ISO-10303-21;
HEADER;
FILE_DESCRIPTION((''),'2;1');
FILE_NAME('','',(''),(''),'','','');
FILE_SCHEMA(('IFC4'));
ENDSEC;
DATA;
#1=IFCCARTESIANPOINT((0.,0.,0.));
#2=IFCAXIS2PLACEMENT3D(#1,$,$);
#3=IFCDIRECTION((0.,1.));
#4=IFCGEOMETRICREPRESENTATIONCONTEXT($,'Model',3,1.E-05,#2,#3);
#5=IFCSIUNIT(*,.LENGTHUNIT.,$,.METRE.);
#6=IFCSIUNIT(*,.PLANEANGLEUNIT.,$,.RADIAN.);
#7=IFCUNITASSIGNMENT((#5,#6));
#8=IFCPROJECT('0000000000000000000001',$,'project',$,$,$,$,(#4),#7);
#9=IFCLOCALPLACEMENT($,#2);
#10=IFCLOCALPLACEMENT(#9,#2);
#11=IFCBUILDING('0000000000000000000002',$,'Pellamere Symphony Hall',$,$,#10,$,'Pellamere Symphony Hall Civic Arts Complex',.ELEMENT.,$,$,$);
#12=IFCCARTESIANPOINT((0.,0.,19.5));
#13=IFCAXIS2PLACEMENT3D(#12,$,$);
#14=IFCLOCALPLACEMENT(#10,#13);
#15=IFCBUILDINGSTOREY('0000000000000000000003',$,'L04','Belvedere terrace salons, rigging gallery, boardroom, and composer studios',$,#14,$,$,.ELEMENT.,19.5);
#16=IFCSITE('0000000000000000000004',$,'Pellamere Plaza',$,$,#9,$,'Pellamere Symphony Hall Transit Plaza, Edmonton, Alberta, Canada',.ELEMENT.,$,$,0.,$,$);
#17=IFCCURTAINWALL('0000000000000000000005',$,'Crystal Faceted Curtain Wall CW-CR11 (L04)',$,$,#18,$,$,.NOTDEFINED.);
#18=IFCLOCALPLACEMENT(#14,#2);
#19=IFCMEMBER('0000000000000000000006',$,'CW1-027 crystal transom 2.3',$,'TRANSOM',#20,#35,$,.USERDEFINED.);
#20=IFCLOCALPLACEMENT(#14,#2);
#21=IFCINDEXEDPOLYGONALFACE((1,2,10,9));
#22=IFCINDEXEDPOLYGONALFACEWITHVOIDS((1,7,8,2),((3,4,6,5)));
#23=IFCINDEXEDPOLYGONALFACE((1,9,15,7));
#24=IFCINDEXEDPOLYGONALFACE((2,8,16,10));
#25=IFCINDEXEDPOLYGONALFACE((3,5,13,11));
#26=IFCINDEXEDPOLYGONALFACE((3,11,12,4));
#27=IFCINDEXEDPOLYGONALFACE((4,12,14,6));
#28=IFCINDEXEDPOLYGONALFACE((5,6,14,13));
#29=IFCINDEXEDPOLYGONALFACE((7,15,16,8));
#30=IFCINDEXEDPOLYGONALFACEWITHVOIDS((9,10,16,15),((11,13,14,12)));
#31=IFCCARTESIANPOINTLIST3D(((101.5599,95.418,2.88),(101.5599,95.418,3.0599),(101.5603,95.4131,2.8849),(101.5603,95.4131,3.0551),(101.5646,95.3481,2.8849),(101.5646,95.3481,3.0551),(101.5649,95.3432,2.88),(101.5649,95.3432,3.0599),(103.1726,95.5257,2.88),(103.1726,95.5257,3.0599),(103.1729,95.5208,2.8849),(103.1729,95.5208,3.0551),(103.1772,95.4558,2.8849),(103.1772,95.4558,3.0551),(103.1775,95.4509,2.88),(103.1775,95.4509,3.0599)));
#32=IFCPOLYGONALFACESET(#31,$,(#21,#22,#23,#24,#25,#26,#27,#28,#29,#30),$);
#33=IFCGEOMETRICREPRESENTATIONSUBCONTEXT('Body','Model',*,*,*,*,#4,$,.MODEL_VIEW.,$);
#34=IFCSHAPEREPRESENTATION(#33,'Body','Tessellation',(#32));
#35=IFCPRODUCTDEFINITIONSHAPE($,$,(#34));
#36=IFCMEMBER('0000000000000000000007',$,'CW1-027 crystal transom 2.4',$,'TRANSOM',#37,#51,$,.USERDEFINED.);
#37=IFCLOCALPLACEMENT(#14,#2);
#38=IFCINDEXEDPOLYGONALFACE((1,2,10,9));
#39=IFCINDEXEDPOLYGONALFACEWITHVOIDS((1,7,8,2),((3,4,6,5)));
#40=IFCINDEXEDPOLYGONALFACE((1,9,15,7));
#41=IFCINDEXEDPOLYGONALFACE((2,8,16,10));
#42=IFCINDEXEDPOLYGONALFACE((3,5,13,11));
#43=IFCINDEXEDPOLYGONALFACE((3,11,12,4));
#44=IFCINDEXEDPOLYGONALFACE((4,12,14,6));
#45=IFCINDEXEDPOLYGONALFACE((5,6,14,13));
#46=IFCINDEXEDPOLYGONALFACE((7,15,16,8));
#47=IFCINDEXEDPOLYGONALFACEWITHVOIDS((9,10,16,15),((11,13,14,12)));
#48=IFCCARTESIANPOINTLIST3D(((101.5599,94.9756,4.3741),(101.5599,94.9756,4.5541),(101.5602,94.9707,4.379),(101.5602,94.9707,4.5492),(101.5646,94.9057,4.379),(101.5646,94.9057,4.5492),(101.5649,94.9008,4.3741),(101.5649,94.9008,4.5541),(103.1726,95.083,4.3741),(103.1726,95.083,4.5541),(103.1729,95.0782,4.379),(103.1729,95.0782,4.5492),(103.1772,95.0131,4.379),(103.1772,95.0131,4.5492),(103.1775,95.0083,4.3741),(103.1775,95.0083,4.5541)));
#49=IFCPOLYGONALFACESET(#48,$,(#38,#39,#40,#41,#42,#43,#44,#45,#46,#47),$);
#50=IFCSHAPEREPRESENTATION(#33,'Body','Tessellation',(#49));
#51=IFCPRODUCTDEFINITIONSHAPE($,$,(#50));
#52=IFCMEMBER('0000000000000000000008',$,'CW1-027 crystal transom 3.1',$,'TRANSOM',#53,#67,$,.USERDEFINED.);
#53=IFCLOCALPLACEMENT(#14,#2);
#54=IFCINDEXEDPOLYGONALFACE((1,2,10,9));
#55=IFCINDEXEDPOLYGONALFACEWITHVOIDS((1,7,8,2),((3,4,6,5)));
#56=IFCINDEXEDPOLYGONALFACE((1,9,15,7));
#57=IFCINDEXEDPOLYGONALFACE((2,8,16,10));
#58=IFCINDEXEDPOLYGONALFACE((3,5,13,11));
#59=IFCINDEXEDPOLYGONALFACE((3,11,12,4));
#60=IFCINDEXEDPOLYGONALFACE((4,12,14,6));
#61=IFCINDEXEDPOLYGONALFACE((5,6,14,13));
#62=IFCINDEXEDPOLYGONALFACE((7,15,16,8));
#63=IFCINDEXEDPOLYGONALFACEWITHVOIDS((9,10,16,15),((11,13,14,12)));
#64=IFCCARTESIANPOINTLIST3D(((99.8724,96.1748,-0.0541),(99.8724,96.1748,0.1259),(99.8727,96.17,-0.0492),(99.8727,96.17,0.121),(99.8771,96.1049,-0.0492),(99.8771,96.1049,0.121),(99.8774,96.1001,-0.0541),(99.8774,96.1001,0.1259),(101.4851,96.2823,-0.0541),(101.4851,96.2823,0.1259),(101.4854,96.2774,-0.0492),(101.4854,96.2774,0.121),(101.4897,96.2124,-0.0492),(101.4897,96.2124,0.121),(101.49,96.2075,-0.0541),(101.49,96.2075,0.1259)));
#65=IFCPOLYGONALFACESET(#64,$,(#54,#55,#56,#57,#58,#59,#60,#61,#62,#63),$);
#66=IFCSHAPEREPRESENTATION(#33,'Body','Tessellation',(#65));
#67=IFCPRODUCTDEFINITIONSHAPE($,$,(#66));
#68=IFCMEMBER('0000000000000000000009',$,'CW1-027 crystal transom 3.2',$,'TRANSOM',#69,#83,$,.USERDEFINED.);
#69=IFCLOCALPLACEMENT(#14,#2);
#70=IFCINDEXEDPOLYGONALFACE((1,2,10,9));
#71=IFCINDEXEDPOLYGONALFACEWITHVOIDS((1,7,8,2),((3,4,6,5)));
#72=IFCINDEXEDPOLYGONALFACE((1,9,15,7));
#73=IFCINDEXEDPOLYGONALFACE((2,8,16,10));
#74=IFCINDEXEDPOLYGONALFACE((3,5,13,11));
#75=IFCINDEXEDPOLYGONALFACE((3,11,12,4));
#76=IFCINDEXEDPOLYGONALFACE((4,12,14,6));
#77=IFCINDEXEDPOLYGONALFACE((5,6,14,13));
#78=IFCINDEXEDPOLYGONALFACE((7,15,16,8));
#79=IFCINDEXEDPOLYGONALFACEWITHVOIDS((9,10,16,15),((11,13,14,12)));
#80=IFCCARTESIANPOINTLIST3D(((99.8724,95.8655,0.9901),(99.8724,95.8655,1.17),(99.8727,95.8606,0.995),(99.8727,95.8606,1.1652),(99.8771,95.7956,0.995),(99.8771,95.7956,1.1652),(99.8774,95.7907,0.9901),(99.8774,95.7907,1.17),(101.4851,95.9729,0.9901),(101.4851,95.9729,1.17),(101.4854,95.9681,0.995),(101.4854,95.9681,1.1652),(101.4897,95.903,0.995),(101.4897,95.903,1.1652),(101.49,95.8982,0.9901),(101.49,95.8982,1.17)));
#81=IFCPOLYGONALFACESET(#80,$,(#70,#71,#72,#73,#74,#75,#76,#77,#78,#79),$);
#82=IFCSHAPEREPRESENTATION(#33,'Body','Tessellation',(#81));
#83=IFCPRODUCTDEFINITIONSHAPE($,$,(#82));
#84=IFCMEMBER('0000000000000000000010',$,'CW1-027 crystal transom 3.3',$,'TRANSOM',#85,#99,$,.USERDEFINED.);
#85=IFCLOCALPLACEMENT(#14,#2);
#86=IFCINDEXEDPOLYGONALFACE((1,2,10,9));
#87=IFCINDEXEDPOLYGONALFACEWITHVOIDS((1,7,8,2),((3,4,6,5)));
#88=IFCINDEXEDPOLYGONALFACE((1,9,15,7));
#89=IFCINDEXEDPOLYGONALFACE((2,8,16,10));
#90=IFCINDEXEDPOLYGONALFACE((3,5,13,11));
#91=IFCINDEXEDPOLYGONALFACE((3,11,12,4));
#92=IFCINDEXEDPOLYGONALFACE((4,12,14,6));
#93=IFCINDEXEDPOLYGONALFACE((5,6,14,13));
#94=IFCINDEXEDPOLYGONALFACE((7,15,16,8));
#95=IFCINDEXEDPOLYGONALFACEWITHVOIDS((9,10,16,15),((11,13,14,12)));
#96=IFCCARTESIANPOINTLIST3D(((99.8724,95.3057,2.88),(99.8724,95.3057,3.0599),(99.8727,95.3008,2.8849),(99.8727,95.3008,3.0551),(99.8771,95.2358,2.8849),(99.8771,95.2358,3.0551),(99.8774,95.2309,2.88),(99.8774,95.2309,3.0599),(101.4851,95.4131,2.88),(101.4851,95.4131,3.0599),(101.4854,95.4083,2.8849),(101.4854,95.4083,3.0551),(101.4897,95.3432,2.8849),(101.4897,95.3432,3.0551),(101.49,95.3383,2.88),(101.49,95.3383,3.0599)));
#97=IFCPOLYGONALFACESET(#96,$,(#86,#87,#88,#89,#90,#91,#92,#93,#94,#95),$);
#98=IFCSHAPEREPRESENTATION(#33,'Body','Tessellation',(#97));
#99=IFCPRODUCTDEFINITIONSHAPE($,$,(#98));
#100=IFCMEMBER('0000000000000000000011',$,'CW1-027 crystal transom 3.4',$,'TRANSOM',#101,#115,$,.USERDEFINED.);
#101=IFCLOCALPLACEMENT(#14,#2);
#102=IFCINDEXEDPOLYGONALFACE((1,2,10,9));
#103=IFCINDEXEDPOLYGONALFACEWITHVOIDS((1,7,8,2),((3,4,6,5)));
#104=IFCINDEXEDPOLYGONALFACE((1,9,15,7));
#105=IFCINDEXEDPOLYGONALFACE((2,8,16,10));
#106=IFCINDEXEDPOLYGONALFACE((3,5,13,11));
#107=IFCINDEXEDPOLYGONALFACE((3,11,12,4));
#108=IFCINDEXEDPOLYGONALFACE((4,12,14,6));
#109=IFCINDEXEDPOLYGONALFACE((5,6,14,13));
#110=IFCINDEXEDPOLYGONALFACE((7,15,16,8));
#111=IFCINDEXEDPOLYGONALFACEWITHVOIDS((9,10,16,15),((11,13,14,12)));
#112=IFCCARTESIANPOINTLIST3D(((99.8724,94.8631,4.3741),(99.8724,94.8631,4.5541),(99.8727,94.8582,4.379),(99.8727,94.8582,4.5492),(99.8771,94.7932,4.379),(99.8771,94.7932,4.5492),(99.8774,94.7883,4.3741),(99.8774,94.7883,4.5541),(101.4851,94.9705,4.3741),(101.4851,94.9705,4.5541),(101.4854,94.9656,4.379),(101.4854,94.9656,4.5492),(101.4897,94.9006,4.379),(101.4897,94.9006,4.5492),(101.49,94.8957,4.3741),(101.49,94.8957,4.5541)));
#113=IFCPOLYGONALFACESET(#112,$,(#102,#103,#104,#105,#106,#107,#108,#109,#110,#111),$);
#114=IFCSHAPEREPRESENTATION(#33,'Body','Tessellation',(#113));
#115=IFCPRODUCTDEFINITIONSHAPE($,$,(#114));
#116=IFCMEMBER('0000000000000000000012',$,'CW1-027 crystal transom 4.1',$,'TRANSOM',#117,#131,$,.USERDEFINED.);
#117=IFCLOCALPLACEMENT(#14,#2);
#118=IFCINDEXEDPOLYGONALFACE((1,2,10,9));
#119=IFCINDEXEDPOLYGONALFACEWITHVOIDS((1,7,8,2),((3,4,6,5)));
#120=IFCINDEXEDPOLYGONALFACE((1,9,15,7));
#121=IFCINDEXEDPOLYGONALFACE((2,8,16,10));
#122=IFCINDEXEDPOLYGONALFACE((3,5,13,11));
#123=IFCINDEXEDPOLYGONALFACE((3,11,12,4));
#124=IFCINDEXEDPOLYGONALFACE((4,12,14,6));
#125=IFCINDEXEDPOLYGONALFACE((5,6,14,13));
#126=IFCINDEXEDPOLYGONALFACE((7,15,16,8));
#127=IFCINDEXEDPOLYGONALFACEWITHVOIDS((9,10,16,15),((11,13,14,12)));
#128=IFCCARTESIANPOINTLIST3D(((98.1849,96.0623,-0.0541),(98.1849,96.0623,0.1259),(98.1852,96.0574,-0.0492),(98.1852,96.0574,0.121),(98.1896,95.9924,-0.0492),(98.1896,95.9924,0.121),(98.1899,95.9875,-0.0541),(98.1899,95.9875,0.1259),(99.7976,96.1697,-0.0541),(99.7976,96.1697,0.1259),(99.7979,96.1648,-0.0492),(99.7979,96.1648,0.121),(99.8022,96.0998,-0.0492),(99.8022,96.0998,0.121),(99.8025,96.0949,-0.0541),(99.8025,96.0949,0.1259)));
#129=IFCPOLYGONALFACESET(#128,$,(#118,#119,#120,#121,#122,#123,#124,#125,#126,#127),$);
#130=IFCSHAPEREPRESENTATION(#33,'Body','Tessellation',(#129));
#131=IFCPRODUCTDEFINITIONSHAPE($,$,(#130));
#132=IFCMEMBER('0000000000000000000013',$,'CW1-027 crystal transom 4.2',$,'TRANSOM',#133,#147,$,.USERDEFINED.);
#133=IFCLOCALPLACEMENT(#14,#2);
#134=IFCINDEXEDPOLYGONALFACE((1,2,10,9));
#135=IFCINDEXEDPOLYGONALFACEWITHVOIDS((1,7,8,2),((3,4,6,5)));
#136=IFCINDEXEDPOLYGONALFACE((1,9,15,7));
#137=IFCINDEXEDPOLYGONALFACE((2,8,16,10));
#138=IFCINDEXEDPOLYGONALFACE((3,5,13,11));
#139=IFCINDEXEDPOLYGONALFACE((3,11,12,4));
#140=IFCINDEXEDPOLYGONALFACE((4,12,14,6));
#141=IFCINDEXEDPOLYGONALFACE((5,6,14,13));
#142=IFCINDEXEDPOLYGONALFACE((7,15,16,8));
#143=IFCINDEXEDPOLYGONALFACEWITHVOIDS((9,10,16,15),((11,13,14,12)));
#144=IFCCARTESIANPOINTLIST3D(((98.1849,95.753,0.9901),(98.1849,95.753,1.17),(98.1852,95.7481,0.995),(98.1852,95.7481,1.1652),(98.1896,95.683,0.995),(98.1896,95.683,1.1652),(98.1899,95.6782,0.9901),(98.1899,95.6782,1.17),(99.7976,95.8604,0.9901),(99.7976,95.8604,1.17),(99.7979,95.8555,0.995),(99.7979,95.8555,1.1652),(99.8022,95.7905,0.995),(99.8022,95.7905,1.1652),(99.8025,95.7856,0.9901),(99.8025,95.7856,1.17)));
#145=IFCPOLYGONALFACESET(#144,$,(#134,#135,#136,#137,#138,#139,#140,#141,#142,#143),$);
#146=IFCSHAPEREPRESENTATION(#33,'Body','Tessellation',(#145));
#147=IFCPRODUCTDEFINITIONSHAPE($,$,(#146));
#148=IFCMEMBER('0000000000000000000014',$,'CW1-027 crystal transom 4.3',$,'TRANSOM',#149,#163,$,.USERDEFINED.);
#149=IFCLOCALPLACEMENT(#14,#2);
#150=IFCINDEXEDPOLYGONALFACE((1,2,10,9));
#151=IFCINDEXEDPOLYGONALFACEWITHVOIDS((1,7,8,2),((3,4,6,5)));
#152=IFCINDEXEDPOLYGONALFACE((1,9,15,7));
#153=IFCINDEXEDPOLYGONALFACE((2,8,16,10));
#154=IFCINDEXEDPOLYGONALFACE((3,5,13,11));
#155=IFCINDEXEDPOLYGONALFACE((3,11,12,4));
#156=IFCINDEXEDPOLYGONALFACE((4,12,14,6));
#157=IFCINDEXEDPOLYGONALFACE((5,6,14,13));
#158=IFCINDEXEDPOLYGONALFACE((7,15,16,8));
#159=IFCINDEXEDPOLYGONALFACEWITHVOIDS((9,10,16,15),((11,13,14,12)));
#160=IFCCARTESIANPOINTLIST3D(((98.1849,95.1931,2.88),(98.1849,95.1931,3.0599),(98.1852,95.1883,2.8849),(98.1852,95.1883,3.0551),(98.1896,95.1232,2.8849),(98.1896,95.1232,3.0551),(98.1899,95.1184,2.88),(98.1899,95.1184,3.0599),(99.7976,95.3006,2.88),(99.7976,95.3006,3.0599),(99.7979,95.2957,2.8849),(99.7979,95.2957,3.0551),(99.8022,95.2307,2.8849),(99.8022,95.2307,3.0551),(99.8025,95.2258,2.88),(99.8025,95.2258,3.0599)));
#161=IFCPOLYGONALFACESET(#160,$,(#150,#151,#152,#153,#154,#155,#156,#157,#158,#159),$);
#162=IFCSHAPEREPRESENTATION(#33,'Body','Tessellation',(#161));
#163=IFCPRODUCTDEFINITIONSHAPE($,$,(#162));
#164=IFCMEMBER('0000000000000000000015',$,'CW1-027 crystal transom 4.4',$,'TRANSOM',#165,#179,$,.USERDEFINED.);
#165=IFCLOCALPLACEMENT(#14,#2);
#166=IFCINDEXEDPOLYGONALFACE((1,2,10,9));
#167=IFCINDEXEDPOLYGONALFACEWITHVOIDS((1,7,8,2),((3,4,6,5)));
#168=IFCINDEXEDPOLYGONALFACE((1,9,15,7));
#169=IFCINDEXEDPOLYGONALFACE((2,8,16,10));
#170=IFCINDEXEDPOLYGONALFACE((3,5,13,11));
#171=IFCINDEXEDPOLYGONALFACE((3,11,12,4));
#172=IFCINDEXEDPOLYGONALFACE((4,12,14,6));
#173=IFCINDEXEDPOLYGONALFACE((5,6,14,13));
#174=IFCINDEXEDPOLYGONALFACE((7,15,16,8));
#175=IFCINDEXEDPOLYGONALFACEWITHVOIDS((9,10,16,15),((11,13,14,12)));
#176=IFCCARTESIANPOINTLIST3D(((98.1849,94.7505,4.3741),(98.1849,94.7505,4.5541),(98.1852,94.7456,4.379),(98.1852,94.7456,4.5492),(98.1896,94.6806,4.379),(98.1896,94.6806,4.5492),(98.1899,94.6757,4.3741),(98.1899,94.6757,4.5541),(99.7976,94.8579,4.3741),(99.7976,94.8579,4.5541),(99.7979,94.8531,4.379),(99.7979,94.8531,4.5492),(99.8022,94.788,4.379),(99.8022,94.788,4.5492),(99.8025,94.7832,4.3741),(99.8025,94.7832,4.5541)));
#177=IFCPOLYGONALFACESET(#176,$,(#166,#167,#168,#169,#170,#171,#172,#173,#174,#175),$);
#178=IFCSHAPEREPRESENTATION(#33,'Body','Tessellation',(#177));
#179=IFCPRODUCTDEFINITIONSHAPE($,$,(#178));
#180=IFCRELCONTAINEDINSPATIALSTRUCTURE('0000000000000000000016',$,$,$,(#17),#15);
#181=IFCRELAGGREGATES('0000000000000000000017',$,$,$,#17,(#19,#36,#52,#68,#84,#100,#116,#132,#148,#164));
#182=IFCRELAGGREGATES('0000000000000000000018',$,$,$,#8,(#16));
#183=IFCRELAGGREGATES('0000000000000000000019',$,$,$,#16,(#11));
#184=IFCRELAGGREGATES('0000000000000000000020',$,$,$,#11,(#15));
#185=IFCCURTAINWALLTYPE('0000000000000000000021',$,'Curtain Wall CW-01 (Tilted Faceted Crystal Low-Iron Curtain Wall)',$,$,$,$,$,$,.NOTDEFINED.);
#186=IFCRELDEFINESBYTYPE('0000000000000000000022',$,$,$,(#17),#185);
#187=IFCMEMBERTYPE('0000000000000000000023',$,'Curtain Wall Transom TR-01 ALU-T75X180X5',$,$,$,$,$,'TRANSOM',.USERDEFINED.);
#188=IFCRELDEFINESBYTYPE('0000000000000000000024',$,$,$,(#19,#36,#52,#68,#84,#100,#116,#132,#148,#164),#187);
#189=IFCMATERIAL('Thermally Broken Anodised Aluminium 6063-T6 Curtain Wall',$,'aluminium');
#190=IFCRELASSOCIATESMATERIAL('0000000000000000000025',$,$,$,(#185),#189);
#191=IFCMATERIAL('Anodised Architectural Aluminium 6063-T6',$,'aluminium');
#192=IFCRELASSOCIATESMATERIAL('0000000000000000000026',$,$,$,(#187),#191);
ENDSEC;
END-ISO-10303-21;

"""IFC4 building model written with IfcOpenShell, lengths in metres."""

from ifc_helpers import new_model, si_unit, direction, frame, origin, origin_2d, place, context, subcontext, project, spatial, hollow_rectangle, extrude, material, material_profile, profile_set, type_object, element, aggregate, save


model = new_model("IFC4")

# Units and contexts
model_context = context("Model", 3, precision=1e-05, world=origin(), true_north=direction((0.0, 1.0)))
body_context = subcontext(model_context, "Body", "Model", "MODEL_VIEW")
ifc_project = project(units=[si_unit("LENGTHUNIT", "METRE"), si_unit("PLANEANGLEUNIT", "RADIAN")], contexts=[model_context])

# Site, building, storey
site_placement = place(None, origin())
site = spatial("IfcSite", under=ifc_project, at=site_placement, Name="Pellamere Plaza", LongName="Pellamere Symphony Hall Transit Plaza, Edmonton, Alberta, Canada", CompositionType="ELEMENT", RefElevation=0.0)
building_placement = place(site_placement, origin())
building = spatial("IfcBuilding", under=site, at=building_placement, Name="Pellamere Symphony Hall", LongName="Pellamere Symphony Hall Civic Arts Complex", CompositionType="ELEMENT")
storey_placement = place(building_placement, frame((0.0, 0.0, 19.5)))
storey = spatial("IfcBuildingStorey", under=building, at=storey_placement, Name="L04", Description="Belvedere terrace salons, rigging gallery, boardroom, and composer studios", CompositionType="ELEMENT", Elevation=19.5)

# Curtain wall, members
ifc_material_1 = material(Name="Thermally Broken Anodised Aluminium 6063-T6 Curtain Wall", Category="aluminium")
curtain_wall_type = type_object("IfcCurtainWallType", Name="Curtain Wall CW-01 (Tilted Faceted Crystal Low-Iron Curtain Wall)", PredefinedType="NOTDEFINED", material=ifc_material_1)
curtain_wall_placement = place(storey_placement, origin())
curtain_wall = element("IfcCurtainWall", 1, at=curtain_wall_placement, inside=storey, type_object=curtain_wall_type, Name="Crystal Faceted Curtain Wall CW-CR11 (L04)", PredefinedType="NOTDEFINED")
ifc_material_2 = material(Name="Anodised Architectural Aluminium 6063-T6", Category="aluminium")
ifc_material_profile_1 = material_profile(ifc_material_2, hollow_rectangle(XDim=0.075, YDim=0.1799, WallThickness=0.0049, at=origin_2d()), Name="ALU-T75X180X5")
ifc_profile_set_1 = profile_set([ifc_material_profile_1], Name="Anodised Architectural Aluminium 6063-T6")
member_type_1 = type_object("IfcMemberType", Name="Curtain Wall Transom TR-01 ALU-T75X180X5", ElementType="TRANSOM", PredefinedType="USERDEFINED", material=ifc_profile_set_1)
member_1_placement = place(storey_placement, frame((103.175, 95.4883, 2.97), z_axis=(-0.997778, -0.066619, 0.0), x_axis=(0.066619, -0.997778, 0.0)))
member_1 = element("IfcMember", 2, at=member_1_placement, type_object=member_type_1, Name="CW1-027 crystal transom 2.3", ObjectType="TRANSOM", PredefinedType="USERDEFINED", context=body_context, shape_type="SweptSolid", body=[
    extrude(hollow_rectangle(XDim=0.075, YDim=0.1799, WallThickness=0.0049, at=origin_2d()), origin(), (0.0, 0.0, 1.0), 1.6162),
])
member_2_placement = place(storey_placement, frame((103.175, 95.0457, 4.4641), z_axis=(-0.997788, -0.066469, 0.0), x_axis=(0.066469, -0.997788, 0.0)))
member_2 = element("IfcMember", 3, at=member_2_placement, type_object=member_type_1, Name="CW1-027 crystal transom 2.4", ObjectType="TRANSOM", PredefinedType="USERDEFINED", context=body_context, shape_type="SweptSolid", body=[
    extrude(hollow_rectangle(XDim=0.075, YDim=0.1799, WallThickness=0.0049, at=origin_2d()), origin(), (0.0, 0.0, 1.0), 1.6162),
])
member_3_placement = place(storey_placement, frame((101.4875, 96.2449, 0.0359), z_axis=(-0.997788, -0.066469, 0.0), x_axis=(0.066469, -0.997788, 0.0)))
member_3 = element("IfcMember", 4, at=member_3_placement, type_object=member_type_1, Name="CW1-027 crystal transom 3.1", ObjectType="TRANSOM", PredefinedType="USERDEFINED", context=body_context, shape_type="SweptSolid", body=[
    extrude(hollow_rectangle(XDim=0.075, YDim=0.1799, WallThickness=0.0049, at=origin_2d()), origin(), (0.0, 0.0, 1.0), 1.6162),
])
member_4_placement = place(storey_placement, frame((101.4875, 95.9355, 1.0801), z_axis=(-0.997788, -0.066469, 0.0), x_axis=(0.066469, -0.997788, 0.0)))
member_4 = element("IfcMember", 5, at=member_4_placement, type_object=member_type_1, Name="CW1-027 crystal transom 3.2", ObjectType="TRANSOM", PredefinedType="USERDEFINED", context=body_context, shape_type="SweptSolid", body=[
    extrude(hollow_rectangle(XDim=0.075, YDim=0.1799, WallThickness=0.0049, at=origin_2d()), origin(), (0.0, 0.0, 1.0), 1.6162),
])
member_5_placement = place(storey_placement, frame((101.4875, 95.3757, 2.97), z_axis=(-0.997788, -0.066469, 0.0), x_axis=(0.066469, -0.997788, 0.0)))
member_5 = element("IfcMember", 6, at=member_5_placement, type_object=member_type_1, Name="CW1-027 crystal transom 3.3", ObjectType="TRANSOM", PredefinedType="USERDEFINED", context=body_context, shape_type="SweptSolid", body=[
    extrude(hollow_rectangle(XDim=0.075, YDim=0.1799, WallThickness=0.0049, at=origin_2d()), origin(), (0.0, 0.0, 1.0), 1.6162),
])
member_6_placement = place(storey_placement, frame((101.4875, 94.9331, 4.4641), z_axis=(-0.997788, -0.066469, 0.0), x_axis=(0.066469, -0.997788, 0.0)))
member_6 = element("IfcMember", 7, at=member_6_placement, type_object=member_type_1, Name="CW1-027 crystal transom 3.4", ObjectType="TRANSOM", PredefinedType="USERDEFINED", context=body_context, shape_type="SweptSolid", body=[
    extrude(hollow_rectangle(XDim=0.075, YDim=0.1799, WallThickness=0.0049, at=origin_2d()), origin(), (0.0, 0.0, 1.0), 1.6162),
])
member_7_placement = place(storey_placement, frame((99.8, 96.1323, 0.0359), z_axis=(-0.997788, -0.066469, 0.0), x_axis=(0.066469, -0.997788, 0.0)))
member_7 = element("IfcMember", 8, at=member_7_placement, type_object=member_type_1, Name="CW1-027 crystal transom 4.1", ObjectType="TRANSOM", PredefinedType="USERDEFINED", context=body_context, shape_type="SweptSolid", body=[
    extrude(hollow_rectangle(XDim=0.075, YDim=0.1799, WallThickness=0.0049, at=origin_2d()), origin(), (0.0, 0.0, 1.0), 1.6162),
])
member_8_placement = place(storey_placement, frame((99.8, 95.823, 1.0801), z_axis=(-0.997788, -0.066469, 0.0), x_axis=(0.066469, -0.997788, 0.0)))
member_8 = element("IfcMember", 9, at=member_8_placement, type_object=member_type_1, Name="CW1-027 crystal transom 4.2", ObjectType="TRANSOM", PredefinedType="USERDEFINED", context=body_context, shape_type="SweptSolid", body=[
    extrude(hollow_rectangle(XDim=0.075, YDim=0.1799, WallThickness=0.0049, at=origin_2d()), origin(), (0.0, 0.0, 1.0), 1.6162),
])
member_9_placement = place(storey_placement, frame((99.8, 95.2632, 2.97), z_axis=(-0.997788, -0.066469, 0.0), x_axis=(0.066469, -0.997788, 0.0)))
member_9 = element("IfcMember", 10, at=member_9_placement, type_object=member_type_1, Name="CW1-027 crystal transom 4.3", ObjectType="TRANSOM", PredefinedType="USERDEFINED", context=body_context, shape_type="SweptSolid", body=[
    extrude(hollow_rectangle(XDim=0.075, YDim=0.1799, WallThickness=0.0049, at=origin_2d()), origin(), (0.0, 0.0, 1.0), 1.6162),
])
member_10_placement = place(storey_placement, frame((99.8, 94.8206, 4.4641), z_axis=(-0.997788, -0.066469, 0.0), x_axis=(0.066469, -0.997788, 0.0)))
member_10 = element("IfcMember", 11, at=member_10_placement, type_object=member_type_1, Name="CW1-027 crystal transom 4.4", ObjectType="TRANSOM", PredefinedType="USERDEFINED", context=body_context, shape_type="SweptSolid", body=[
    extrude(hollow_rectangle(XDim=0.075, YDim=0.1799, WallThickness=0.0049, at=origin_2d()), origin(), (0.0, 0.0, 1.0), 1.6162),
])

aggregate(curtain_wall, [member_1, member_2, member_3, member_4, member_5, member_6, member_7, member_8, member_9, member_10])

save(model, "model.ifc")
